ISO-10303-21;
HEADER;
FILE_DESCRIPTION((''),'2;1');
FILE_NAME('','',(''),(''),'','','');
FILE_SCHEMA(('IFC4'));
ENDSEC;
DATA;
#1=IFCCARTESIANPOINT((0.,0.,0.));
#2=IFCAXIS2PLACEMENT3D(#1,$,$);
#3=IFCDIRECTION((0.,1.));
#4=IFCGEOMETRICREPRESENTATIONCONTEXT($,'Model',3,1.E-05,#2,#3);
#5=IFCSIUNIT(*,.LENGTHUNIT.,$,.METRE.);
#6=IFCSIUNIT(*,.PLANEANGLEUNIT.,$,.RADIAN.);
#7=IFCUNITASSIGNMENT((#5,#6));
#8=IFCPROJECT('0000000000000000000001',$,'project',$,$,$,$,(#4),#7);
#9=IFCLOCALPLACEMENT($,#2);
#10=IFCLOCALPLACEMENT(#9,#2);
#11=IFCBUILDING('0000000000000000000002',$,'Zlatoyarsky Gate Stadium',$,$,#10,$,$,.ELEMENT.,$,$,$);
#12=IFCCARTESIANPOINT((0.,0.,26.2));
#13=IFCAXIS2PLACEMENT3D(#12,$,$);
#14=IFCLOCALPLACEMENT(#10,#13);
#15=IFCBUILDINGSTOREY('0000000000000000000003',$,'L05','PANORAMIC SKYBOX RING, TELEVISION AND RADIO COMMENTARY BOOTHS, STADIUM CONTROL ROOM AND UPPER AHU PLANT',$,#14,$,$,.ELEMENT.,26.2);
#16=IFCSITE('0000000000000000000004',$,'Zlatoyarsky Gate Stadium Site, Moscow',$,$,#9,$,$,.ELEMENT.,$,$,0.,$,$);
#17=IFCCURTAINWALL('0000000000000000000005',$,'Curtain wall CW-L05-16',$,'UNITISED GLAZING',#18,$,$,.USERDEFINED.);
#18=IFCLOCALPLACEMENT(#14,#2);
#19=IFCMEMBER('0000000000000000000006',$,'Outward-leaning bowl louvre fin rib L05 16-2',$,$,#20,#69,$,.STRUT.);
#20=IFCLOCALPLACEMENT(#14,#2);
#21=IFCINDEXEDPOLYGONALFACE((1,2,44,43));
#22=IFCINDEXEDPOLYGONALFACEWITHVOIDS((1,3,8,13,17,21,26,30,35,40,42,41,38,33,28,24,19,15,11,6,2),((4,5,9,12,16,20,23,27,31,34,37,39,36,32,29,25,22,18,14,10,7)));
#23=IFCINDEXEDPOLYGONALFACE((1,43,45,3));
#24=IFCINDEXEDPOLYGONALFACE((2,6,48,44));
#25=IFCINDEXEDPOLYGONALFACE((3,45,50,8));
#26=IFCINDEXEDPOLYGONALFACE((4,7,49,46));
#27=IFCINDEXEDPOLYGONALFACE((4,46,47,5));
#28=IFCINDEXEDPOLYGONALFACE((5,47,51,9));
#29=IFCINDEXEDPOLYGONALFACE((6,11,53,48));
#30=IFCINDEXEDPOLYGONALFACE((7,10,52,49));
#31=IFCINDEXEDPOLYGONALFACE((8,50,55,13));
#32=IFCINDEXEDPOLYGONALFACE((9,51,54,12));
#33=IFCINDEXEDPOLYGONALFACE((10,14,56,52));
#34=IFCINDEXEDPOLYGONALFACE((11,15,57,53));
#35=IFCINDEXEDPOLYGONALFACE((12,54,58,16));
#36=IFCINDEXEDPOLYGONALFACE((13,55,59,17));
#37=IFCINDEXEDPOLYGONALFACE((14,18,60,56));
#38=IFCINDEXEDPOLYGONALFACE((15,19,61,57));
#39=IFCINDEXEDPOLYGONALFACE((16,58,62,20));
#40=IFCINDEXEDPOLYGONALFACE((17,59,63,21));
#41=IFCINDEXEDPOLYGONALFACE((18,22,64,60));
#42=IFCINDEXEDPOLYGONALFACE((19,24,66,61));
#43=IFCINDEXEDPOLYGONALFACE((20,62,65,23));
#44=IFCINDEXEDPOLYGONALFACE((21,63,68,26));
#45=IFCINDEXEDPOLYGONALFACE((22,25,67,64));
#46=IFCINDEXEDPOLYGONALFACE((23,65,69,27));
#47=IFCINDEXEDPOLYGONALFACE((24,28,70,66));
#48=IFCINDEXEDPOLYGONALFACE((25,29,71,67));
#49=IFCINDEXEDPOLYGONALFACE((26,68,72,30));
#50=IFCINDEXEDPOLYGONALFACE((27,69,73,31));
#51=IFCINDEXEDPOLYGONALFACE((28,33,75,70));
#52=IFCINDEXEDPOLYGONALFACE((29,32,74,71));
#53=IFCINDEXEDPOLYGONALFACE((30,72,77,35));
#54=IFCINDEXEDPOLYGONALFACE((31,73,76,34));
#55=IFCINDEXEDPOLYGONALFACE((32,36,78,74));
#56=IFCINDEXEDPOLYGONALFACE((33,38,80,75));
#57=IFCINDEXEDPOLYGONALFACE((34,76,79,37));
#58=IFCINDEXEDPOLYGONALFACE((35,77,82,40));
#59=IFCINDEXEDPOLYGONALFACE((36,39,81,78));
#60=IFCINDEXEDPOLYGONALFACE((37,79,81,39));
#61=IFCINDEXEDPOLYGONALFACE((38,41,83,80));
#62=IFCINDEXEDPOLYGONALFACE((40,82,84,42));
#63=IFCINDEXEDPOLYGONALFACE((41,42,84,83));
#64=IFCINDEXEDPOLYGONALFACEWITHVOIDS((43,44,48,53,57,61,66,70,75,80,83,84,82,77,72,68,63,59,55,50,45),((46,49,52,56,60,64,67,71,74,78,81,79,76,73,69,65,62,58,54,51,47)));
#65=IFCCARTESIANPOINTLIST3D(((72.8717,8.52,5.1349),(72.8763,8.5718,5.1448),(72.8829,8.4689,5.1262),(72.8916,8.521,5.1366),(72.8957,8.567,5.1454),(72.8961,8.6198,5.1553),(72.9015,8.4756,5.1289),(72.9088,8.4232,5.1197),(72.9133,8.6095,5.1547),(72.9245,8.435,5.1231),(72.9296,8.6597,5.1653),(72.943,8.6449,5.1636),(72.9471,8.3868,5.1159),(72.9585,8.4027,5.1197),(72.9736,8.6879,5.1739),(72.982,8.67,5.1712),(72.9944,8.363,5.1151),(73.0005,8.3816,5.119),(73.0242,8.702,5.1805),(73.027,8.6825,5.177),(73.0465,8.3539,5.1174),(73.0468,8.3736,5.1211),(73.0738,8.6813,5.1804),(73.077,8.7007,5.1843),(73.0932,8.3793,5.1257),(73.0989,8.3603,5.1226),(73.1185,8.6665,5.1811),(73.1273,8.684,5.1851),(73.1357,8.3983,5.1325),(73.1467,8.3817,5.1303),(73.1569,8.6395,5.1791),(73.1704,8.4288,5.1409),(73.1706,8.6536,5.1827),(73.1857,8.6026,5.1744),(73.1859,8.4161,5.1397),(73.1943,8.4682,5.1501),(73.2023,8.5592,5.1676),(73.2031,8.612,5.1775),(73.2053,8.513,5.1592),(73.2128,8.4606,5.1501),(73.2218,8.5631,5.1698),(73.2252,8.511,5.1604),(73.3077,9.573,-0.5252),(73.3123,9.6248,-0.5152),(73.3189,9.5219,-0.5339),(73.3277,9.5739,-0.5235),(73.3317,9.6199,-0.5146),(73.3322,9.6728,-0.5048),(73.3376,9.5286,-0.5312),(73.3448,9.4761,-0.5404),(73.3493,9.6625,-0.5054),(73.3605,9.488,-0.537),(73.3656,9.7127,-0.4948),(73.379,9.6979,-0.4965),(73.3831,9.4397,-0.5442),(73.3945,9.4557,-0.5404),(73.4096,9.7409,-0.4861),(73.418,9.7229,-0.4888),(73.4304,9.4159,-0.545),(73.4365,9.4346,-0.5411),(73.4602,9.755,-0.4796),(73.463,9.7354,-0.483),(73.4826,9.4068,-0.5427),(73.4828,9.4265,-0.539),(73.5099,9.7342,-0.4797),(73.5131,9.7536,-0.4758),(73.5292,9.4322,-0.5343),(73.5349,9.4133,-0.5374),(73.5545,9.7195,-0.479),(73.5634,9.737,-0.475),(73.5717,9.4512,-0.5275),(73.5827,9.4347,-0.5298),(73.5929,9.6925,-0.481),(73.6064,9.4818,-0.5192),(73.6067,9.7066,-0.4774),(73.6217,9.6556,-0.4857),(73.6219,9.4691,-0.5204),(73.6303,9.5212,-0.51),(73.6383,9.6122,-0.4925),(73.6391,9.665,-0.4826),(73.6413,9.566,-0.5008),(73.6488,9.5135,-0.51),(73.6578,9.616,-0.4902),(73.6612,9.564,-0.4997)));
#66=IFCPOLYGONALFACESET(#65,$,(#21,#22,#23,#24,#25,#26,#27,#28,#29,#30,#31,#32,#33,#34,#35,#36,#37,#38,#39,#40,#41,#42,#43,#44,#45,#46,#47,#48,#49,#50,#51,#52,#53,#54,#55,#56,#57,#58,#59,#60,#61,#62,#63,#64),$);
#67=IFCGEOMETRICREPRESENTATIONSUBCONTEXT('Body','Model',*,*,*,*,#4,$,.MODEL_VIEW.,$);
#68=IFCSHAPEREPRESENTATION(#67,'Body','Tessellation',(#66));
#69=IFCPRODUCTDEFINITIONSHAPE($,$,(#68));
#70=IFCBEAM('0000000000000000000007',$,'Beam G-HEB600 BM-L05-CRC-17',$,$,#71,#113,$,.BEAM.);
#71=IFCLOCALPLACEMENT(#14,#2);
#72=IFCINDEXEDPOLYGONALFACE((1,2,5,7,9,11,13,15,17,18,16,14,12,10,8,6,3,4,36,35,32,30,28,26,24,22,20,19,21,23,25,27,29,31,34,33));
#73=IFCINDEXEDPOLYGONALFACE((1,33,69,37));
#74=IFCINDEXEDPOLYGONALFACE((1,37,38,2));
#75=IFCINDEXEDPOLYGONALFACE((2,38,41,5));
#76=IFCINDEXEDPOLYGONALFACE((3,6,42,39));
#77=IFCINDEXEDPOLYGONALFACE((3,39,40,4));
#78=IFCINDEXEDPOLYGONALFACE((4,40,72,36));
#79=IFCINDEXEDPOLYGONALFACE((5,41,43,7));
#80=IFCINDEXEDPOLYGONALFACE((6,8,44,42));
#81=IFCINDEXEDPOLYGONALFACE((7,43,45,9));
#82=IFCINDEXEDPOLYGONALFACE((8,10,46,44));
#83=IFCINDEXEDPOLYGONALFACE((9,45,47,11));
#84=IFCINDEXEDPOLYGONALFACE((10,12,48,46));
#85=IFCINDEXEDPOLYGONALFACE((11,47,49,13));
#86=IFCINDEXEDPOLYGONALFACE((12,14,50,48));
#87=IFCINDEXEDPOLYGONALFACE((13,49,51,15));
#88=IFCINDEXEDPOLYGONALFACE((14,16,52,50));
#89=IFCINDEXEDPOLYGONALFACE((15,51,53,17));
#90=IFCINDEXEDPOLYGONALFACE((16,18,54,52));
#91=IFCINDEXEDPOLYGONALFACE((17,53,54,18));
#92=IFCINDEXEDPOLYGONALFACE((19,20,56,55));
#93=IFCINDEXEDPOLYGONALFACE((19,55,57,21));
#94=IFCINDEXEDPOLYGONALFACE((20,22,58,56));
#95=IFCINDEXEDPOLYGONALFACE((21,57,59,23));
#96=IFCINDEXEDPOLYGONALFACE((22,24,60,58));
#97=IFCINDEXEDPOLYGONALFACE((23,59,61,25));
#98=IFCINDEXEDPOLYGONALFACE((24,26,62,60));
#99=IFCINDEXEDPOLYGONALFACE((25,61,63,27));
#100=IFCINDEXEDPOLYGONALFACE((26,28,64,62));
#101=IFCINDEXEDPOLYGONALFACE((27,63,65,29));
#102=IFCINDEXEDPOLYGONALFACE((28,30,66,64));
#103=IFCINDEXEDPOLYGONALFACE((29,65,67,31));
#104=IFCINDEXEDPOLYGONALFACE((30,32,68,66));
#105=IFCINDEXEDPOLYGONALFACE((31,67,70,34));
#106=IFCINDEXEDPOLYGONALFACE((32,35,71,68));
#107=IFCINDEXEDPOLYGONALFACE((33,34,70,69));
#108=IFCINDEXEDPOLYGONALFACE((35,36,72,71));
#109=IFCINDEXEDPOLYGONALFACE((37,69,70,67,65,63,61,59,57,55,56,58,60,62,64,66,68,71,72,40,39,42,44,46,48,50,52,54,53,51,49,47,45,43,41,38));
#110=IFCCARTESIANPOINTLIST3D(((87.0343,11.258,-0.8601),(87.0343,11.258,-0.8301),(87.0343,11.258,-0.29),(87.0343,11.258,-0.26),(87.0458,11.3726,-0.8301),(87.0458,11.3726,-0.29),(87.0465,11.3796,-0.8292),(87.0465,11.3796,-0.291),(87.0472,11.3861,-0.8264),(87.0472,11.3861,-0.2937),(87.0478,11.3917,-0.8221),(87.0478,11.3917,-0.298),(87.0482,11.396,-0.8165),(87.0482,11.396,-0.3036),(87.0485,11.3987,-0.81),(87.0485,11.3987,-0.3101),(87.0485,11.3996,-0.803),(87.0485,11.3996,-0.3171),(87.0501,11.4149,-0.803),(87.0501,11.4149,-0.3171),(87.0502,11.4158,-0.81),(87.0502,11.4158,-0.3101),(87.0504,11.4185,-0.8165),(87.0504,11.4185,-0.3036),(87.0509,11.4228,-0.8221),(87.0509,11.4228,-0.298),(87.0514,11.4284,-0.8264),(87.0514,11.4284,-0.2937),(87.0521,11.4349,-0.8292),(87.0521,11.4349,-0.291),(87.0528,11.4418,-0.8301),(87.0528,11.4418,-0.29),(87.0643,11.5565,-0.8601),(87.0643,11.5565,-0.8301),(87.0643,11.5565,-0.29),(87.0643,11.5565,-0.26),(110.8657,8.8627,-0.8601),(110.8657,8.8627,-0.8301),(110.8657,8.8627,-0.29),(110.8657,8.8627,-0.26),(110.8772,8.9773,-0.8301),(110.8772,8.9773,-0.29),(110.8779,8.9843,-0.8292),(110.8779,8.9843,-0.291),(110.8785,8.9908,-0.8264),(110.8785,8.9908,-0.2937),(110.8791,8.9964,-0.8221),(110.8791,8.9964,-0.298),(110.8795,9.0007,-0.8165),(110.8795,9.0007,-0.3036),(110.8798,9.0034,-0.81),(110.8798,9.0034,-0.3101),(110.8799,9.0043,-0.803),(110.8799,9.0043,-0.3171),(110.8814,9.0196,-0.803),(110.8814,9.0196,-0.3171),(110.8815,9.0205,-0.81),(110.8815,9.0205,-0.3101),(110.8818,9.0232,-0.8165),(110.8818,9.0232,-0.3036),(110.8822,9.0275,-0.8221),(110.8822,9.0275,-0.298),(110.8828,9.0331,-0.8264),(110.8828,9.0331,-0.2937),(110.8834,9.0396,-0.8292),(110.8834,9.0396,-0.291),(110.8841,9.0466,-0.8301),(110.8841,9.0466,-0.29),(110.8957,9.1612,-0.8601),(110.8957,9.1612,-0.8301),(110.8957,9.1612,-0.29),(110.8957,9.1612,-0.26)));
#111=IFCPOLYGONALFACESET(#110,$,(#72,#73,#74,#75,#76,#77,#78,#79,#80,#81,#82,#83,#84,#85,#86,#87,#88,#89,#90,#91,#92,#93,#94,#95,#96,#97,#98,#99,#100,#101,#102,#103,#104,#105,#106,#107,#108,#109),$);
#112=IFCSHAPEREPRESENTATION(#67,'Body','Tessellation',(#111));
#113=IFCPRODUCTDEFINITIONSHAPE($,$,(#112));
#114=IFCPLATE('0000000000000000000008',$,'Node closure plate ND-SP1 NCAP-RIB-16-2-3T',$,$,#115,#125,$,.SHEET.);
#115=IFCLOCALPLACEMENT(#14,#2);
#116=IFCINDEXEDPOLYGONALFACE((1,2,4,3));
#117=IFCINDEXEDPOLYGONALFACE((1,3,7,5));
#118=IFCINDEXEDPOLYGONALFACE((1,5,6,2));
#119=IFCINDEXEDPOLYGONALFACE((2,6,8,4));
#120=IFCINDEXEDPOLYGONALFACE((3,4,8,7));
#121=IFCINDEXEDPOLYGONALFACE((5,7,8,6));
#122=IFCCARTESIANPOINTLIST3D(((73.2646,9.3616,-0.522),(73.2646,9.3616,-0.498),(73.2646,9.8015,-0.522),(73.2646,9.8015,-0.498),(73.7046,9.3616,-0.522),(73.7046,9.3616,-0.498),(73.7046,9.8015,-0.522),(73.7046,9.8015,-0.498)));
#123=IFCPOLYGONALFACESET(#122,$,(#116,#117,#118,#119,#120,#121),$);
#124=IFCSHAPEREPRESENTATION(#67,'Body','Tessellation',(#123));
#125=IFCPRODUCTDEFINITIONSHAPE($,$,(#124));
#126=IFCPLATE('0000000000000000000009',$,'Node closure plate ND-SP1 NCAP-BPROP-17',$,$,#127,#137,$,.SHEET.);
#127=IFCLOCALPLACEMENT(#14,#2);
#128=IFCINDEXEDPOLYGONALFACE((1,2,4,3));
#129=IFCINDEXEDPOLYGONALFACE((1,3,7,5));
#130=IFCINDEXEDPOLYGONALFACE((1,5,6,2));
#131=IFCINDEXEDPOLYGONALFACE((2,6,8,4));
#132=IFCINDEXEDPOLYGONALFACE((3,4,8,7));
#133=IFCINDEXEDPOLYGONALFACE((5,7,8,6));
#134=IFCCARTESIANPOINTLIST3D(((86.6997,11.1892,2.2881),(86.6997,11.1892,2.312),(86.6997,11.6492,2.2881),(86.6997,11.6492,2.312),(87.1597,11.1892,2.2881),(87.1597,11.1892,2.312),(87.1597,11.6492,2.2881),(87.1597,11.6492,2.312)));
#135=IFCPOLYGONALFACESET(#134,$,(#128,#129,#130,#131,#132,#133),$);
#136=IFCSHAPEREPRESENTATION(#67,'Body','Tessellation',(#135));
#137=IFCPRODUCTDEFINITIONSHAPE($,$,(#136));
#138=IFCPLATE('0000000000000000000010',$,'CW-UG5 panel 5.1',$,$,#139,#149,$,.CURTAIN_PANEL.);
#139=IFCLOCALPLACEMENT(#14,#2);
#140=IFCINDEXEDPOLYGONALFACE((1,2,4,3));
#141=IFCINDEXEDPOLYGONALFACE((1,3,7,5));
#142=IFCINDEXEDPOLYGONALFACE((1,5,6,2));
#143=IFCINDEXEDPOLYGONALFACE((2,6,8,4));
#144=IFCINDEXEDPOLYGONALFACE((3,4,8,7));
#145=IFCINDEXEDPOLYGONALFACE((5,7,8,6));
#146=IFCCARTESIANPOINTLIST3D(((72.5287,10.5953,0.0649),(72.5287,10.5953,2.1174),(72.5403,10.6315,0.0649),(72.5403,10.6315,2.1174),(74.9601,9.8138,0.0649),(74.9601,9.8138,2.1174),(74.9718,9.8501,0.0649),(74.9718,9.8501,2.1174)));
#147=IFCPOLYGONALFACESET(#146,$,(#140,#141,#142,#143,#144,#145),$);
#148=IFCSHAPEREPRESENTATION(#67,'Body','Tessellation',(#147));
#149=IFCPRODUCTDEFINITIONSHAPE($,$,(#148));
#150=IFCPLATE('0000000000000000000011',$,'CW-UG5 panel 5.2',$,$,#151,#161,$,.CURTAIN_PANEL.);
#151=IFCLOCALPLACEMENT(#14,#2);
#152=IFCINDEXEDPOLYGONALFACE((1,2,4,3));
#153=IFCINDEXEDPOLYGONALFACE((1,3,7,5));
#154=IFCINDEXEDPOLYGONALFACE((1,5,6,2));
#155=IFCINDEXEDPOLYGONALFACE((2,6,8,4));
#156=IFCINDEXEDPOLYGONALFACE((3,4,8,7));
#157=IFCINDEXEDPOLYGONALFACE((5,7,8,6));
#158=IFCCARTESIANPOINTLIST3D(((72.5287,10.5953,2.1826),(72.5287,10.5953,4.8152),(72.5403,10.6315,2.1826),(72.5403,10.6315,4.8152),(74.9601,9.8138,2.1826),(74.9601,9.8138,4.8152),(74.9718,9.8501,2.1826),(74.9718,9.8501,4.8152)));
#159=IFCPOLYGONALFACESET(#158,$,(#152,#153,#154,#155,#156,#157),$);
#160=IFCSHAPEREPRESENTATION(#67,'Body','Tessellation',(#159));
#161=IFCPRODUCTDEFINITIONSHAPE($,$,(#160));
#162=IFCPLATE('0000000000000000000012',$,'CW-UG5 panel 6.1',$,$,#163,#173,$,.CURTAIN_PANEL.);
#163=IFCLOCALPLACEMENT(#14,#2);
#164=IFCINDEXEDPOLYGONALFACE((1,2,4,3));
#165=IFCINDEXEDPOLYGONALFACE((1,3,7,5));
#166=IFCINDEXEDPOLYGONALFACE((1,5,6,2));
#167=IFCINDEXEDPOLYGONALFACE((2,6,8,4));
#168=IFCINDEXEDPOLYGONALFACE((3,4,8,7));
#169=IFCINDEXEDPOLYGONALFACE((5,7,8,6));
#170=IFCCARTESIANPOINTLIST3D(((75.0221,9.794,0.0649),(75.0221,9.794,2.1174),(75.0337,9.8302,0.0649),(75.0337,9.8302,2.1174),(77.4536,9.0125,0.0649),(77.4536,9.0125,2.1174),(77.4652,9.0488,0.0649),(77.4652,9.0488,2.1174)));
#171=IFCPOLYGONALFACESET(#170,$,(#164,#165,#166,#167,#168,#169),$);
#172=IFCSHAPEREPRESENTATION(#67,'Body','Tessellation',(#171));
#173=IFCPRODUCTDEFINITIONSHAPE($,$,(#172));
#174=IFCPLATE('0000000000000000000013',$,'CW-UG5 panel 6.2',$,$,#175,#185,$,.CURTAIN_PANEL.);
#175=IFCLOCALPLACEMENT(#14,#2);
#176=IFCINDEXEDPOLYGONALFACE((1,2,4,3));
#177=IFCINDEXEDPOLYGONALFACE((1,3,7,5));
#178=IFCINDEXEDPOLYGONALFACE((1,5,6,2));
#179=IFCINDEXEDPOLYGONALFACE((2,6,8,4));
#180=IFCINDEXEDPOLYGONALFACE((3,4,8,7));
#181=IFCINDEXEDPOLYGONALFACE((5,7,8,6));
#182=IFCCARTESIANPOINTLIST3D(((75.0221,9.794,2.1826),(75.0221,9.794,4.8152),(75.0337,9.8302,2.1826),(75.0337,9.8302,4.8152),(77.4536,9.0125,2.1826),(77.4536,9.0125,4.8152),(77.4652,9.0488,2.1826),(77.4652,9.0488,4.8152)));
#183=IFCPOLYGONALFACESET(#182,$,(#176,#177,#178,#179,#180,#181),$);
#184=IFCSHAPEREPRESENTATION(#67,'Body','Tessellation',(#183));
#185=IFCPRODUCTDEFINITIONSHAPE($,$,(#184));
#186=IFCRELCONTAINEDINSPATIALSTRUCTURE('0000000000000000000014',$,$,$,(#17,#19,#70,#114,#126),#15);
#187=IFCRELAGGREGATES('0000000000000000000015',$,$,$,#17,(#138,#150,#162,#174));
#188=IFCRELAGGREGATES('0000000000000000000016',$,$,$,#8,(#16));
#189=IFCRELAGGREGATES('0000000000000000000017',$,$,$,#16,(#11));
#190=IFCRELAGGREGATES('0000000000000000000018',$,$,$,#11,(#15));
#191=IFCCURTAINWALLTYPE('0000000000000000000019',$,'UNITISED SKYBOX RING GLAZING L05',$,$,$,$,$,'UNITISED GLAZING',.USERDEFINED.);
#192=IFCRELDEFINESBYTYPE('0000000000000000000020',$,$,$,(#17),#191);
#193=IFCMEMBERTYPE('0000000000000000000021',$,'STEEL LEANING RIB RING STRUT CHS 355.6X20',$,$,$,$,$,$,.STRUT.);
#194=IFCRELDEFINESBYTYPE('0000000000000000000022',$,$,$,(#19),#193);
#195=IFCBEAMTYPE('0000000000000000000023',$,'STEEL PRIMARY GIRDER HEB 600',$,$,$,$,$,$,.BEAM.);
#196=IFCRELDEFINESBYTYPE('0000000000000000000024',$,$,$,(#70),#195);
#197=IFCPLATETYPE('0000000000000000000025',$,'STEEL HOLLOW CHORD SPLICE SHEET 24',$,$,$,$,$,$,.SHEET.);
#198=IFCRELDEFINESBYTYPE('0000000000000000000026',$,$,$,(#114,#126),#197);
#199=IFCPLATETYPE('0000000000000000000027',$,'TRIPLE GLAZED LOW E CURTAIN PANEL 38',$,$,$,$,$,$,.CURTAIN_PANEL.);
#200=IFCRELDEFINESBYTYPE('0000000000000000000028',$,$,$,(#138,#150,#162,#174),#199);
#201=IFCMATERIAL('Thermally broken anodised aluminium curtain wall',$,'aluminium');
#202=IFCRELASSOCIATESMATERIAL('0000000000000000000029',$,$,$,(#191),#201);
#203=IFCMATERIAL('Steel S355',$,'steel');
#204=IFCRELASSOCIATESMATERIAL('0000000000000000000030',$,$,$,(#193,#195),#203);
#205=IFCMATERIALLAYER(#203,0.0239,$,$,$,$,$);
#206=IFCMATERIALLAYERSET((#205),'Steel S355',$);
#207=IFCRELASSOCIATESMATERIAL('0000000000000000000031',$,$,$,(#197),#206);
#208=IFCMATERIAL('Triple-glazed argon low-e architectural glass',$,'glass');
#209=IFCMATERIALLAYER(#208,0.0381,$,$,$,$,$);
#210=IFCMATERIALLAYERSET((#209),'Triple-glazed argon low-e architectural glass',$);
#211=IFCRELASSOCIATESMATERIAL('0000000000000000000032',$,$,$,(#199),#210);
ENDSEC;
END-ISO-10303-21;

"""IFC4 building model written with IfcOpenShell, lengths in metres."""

from ifc_helpers import new_model, si_unit, direction, frame, origin, origin_2d, place, context, subcontext, project, spatial, rectangle, hollow_circle, i_section, extrude, material, layer, layer_set, material_profile, profile_set, type_object, element, aggregate, save


model = new_model("IFC4")

# Units and contexts
model_context = context("Model", 3, precision=1e-05, world=origin(), true_north=direction((0.0, 1.0)))
body_context = subcontext(model_context, "Body", "Model", "MODEL_VIEW")
ifc_project = project(units=[si_unit("LENGTHUNIT", "METRE"), si_unit("PLANEANGLEUNIT", "RADIAN")], contexts=[model_context])

# Site, building, storey
site_placement = place(None, origin())
site = spatial("IfcSite", under=ifc_project, at=site_placement, Name="Zlatoyarsky Gate Stadium Site, Moscow", CompositionType="ELEMENT", RefElevation=0.0)
building_placement = place(site_placement, origin())
building = spatial("IfcBuilding", under=site, at=building_placement, Name="Zlatoyarsky Gate Stadium", CompositionType="ELEMENT")
storey_placement = place(building_placement, frame((0.0, 0.0, 26.2)))
storey = spatial("IfcBuildingStorey", under=building, at=storey_placement, Name="L05", Description="PANORAMIC SKYBOX RING, TELEVISION AND RADIO COMMENTARY BOOTHS, STADIUM CONTROL ROOM AND UPPER AHU PLANT", CompositionType="ELEMENT", Elevation=26.2)

# Shared definitions
ifc_material_1 = material(Name="Steel S355", Category="steel")

# Curtain wall
ifc_material_2 = material(Name="Thermally broken anodised aluminium curtain wall", Category="aluminium")
curtain_wall_type = type_object("IfcCurtainWallType", Name="UNITISED SKYBOX RING GLAZING L05", ElementType="UNITISED GLAZING", PredefinedType="USERDEFINED", material=ifc_material_2)
curtain_wall_placement = place(storey_placement, origin())
curtain_wall = element("IfcCurtainWall", 1, at=curtain_wall_placement, inside=storey, type_object=curtain_wall_type, Name="Curtain wall CW-L05-16", ObjectType="UNITISED GLAZING", PredefinedType="USERDEFINED")

# Member
ifc_material_profile_1 = material_profile(ifc_material_1, hollow_circle(Radius=0.1777, WallThickness=0.02, at=origin_2d()), Name="CHS 355.6X20")
ifc_profile_set_1 = profile_set([ifc_material_profile_1], Name="Steel S355")
member_type_1 = type_object("IfcMemberType", Name="STEEL LEANING RIB RING STRUT CHS 355.6X20", PredefinedType="STRUT", material=ifc_profile_set_1)
member_1_placement = place(storey_placement, frame((73.4846, 9.5815, -0.51), z_axis=(-0.07552, -0.182373, 0.980325), x_axis=(0.923918, -0.382591, 0.0)))
element("IfcMember", 2, at=member_1_placement, inside=storey, type_object=member_type_1, Name="Outward-leaning bowl louvre fin rib L05 16-2", PredefinedType="STRUT", context=body_context, shape_type="SweptSolid", body=[
    extrude(hollow_circle(Radius=0.1777, WallThickness=0.02, at=origin_2d()), origin(), (0.0, 0.0, 1.0), 5.7737),
])

# Beam
ifc_material_profile_2 = material_profile(ifc_material_1, i_section(OverallWidth=0.3, OverallDepth=0.6001, WebThickness=0.0154, FlangeThickness=0.03, FilletRadius=0.0271, at=origin_2d()), Name="HEB 600")
ifc_profile_set_2 = profile_set([ifc_material_profile_2], Name="Steel S355")
beam_type_1 = type_object("IfcBeamType", Name="STEEL PRIMARY GIRDER HEB 600", PredefinedType="BEAM", material=ifc_profile_set_2)
beam_1_placement = place(storey_placement, frame((87.0493, 11.4072, -0.5601), z_axis=(0.994987, -0.100005, 0.0), x_axis=(0.100005, 0.994987, 0.0)))
element("IfcBeam", 3, at=beam_1_placement, inside=storey, type_object=beam_type_1, Name="Beam G-HEB600 BM-L05-CRC-17", PredefinedType="BEAM", context=body_context, shape_type="SweptSolid", body=[
    extrude(i_section(OverallWidth=0.3, OverallDepth=0.6001, WebThickness=0.0154, FlangeThickness=0.03, FilletRadius=0.0271, at=origin_2d()), origin(), (0.0, 0.0, 1.0), 23.9514),
])

# Plates
ifc_layer_1 = layer(ifc_material_1, 0.0239)
ifc_layer_set_1 = layer_set([ifc_layer_1], Name="Steel S355")
plate_type_1 = type_object("IfcPlateType", Name="STEEL HOLLOW CHORD SPLICE SHEET 24", PredefinedType="SHEET", material=ifc_layer_set_1)
plate_1_placement = place(storey_placement, frame((73.4846, 9.5815, -0.522), z_axis=(0.0, 0.0, 1.0), x_axis=(1.0, 0.0, 0.0)))
element("IfcPlate", 4, at=plate_1_placement, inside=storey, type_object=plate_type_1, Name="Node closure plate ND-SP1 NCAP-RIB-16-2-3T", PredefinedType="SHEET", context=body_context, shape_type="SweptSolid", body=[
    extrude(rectangle(XDim=0.4399, YDim=0.4399, at=origin_2d()), origin(), (0.0, 0.0, 1.0), 0.0239),
])
plate_2_placement = place(storey_placement, frame((86.9297, 11.4192, 2.2881), z_axis=(0.0, 0.0, 1.0), x_axis=(1.0, 0.0, 0.0)))
element("IfcPlate", 5, at=plate_2_placement, inside=storey, type_object=plate_type_1, Name="Node closure plate ND-SP1 NCAP-BPROP-17", PredefinedType="SHEET", context=body_context, shape_type="SweptSolid", body=[
    extrude(rectangle(XDim=0.46, YDim=0.46, at=origin_2d()), origin(), (0.0, 0.0, 1.0), 0.0239),
])

# Plates
ifc_material_3 = material(Name="Triple-glazed argon low-e architectural glass", Category="glass")
ifc_layer_2 = layer(ifc_material_3, 0.0381)
ifc_layer_set_2 = layer_set([ifc_layer_2], Name="Triple-glazed argon low-e architectural glass")
plate_type_2 = type_object("IfcPlateType", Name="TRIPLE GLAZED LOW E CURTAIN PANEL 38", PredefinedType="CURTAIN_PANEL", material=ifc_layer_set_2)
plate_3_placement = place(storey_placement, frame((73.7502, 10.2227, 0.0649), z_axis=(0.0, 0.0, 1.0), x_axis=(0.952039, -0.305978, 0.0)))
plate_3 = element("IfcPlate", 6, at=plate_3_placement, type_object=plate_type_2, Name="CW-UG5 panel 5.1", PredefinedType="CURTAIN_PANEL", context=body_context, shape_type="SweptSolid", body=[
    extrude(rectangle(XDim=2.554, YDim=0.0381, at=origin_2d()), origin(), (0.0, 0.0, 1.0), 2.0525),
])
plate_4_placement = place(storey_placement, frame((73.7502, 10.2227, 2.1826), z_axis=(0.0, 0.0, 1.0), x_axis=(0.952039, -0.305978, 0.0)))
plate_4 = element("IfcPlate", 7, at=plate_4_placement, type_object=plate_type_2, Name="CW-UG5 panel 5.2", PredefinedType="CURTAIN_PANEL", context=body_context, shape_type="SweptSolid", body=[
    extrude(rectangle(XDim=2.554, YDim=0.0381, at=origin_2d()), origin(), (0.0, 0.0, 1.0), 2.6326),
])
plate_5_placement = place(storey_placement, frame((76.2437, 9.4214, 0.0649), z_axis=(0.0, 0.0, 1.0), x_axis=(0.952039, -0.305978, 0.0)))
plate_5 = element("IfcPlate", 8, at=plate_5_placement, type_object=plate_type_2, Name="CW-UG5 panel 6.1", PredefinedType="CURTAIN_PANEL", context=body_context, shape_type="SweptSolid", body=[
    extrude(rectangle(XDim=2.554, YDim=0.0381, at=origin_2d()), origin(), (0.0, 0.0, 1.0), 2.0525),
])
plate_6_placement = place(storey_placement, frame((76.2437, 9.4214, 2.1826), z_axis=(0.0, 0.0, 1.0), x_axis=(0.952039, -0.305978, 0.0)))
plate_6 = element("IfcPlate", 9, at=plate_6_placement, type_object=plate_type_2, Name="CW-UG5 panel 6.2", PredefinedType="CURTAIN_PANEL", context=body_context, shape_type="SweptSolid", body=[
    extrude(rectangle(XDim=2.554, YDim=0.0381, at=origin_2d()), origin(), (0.0, 0.0, 1.0), 2.6326),
])
aggregate(curtain_wall, [plate_3, plate_4, plate_5, plate_6])

save(model, "model.ifc")
